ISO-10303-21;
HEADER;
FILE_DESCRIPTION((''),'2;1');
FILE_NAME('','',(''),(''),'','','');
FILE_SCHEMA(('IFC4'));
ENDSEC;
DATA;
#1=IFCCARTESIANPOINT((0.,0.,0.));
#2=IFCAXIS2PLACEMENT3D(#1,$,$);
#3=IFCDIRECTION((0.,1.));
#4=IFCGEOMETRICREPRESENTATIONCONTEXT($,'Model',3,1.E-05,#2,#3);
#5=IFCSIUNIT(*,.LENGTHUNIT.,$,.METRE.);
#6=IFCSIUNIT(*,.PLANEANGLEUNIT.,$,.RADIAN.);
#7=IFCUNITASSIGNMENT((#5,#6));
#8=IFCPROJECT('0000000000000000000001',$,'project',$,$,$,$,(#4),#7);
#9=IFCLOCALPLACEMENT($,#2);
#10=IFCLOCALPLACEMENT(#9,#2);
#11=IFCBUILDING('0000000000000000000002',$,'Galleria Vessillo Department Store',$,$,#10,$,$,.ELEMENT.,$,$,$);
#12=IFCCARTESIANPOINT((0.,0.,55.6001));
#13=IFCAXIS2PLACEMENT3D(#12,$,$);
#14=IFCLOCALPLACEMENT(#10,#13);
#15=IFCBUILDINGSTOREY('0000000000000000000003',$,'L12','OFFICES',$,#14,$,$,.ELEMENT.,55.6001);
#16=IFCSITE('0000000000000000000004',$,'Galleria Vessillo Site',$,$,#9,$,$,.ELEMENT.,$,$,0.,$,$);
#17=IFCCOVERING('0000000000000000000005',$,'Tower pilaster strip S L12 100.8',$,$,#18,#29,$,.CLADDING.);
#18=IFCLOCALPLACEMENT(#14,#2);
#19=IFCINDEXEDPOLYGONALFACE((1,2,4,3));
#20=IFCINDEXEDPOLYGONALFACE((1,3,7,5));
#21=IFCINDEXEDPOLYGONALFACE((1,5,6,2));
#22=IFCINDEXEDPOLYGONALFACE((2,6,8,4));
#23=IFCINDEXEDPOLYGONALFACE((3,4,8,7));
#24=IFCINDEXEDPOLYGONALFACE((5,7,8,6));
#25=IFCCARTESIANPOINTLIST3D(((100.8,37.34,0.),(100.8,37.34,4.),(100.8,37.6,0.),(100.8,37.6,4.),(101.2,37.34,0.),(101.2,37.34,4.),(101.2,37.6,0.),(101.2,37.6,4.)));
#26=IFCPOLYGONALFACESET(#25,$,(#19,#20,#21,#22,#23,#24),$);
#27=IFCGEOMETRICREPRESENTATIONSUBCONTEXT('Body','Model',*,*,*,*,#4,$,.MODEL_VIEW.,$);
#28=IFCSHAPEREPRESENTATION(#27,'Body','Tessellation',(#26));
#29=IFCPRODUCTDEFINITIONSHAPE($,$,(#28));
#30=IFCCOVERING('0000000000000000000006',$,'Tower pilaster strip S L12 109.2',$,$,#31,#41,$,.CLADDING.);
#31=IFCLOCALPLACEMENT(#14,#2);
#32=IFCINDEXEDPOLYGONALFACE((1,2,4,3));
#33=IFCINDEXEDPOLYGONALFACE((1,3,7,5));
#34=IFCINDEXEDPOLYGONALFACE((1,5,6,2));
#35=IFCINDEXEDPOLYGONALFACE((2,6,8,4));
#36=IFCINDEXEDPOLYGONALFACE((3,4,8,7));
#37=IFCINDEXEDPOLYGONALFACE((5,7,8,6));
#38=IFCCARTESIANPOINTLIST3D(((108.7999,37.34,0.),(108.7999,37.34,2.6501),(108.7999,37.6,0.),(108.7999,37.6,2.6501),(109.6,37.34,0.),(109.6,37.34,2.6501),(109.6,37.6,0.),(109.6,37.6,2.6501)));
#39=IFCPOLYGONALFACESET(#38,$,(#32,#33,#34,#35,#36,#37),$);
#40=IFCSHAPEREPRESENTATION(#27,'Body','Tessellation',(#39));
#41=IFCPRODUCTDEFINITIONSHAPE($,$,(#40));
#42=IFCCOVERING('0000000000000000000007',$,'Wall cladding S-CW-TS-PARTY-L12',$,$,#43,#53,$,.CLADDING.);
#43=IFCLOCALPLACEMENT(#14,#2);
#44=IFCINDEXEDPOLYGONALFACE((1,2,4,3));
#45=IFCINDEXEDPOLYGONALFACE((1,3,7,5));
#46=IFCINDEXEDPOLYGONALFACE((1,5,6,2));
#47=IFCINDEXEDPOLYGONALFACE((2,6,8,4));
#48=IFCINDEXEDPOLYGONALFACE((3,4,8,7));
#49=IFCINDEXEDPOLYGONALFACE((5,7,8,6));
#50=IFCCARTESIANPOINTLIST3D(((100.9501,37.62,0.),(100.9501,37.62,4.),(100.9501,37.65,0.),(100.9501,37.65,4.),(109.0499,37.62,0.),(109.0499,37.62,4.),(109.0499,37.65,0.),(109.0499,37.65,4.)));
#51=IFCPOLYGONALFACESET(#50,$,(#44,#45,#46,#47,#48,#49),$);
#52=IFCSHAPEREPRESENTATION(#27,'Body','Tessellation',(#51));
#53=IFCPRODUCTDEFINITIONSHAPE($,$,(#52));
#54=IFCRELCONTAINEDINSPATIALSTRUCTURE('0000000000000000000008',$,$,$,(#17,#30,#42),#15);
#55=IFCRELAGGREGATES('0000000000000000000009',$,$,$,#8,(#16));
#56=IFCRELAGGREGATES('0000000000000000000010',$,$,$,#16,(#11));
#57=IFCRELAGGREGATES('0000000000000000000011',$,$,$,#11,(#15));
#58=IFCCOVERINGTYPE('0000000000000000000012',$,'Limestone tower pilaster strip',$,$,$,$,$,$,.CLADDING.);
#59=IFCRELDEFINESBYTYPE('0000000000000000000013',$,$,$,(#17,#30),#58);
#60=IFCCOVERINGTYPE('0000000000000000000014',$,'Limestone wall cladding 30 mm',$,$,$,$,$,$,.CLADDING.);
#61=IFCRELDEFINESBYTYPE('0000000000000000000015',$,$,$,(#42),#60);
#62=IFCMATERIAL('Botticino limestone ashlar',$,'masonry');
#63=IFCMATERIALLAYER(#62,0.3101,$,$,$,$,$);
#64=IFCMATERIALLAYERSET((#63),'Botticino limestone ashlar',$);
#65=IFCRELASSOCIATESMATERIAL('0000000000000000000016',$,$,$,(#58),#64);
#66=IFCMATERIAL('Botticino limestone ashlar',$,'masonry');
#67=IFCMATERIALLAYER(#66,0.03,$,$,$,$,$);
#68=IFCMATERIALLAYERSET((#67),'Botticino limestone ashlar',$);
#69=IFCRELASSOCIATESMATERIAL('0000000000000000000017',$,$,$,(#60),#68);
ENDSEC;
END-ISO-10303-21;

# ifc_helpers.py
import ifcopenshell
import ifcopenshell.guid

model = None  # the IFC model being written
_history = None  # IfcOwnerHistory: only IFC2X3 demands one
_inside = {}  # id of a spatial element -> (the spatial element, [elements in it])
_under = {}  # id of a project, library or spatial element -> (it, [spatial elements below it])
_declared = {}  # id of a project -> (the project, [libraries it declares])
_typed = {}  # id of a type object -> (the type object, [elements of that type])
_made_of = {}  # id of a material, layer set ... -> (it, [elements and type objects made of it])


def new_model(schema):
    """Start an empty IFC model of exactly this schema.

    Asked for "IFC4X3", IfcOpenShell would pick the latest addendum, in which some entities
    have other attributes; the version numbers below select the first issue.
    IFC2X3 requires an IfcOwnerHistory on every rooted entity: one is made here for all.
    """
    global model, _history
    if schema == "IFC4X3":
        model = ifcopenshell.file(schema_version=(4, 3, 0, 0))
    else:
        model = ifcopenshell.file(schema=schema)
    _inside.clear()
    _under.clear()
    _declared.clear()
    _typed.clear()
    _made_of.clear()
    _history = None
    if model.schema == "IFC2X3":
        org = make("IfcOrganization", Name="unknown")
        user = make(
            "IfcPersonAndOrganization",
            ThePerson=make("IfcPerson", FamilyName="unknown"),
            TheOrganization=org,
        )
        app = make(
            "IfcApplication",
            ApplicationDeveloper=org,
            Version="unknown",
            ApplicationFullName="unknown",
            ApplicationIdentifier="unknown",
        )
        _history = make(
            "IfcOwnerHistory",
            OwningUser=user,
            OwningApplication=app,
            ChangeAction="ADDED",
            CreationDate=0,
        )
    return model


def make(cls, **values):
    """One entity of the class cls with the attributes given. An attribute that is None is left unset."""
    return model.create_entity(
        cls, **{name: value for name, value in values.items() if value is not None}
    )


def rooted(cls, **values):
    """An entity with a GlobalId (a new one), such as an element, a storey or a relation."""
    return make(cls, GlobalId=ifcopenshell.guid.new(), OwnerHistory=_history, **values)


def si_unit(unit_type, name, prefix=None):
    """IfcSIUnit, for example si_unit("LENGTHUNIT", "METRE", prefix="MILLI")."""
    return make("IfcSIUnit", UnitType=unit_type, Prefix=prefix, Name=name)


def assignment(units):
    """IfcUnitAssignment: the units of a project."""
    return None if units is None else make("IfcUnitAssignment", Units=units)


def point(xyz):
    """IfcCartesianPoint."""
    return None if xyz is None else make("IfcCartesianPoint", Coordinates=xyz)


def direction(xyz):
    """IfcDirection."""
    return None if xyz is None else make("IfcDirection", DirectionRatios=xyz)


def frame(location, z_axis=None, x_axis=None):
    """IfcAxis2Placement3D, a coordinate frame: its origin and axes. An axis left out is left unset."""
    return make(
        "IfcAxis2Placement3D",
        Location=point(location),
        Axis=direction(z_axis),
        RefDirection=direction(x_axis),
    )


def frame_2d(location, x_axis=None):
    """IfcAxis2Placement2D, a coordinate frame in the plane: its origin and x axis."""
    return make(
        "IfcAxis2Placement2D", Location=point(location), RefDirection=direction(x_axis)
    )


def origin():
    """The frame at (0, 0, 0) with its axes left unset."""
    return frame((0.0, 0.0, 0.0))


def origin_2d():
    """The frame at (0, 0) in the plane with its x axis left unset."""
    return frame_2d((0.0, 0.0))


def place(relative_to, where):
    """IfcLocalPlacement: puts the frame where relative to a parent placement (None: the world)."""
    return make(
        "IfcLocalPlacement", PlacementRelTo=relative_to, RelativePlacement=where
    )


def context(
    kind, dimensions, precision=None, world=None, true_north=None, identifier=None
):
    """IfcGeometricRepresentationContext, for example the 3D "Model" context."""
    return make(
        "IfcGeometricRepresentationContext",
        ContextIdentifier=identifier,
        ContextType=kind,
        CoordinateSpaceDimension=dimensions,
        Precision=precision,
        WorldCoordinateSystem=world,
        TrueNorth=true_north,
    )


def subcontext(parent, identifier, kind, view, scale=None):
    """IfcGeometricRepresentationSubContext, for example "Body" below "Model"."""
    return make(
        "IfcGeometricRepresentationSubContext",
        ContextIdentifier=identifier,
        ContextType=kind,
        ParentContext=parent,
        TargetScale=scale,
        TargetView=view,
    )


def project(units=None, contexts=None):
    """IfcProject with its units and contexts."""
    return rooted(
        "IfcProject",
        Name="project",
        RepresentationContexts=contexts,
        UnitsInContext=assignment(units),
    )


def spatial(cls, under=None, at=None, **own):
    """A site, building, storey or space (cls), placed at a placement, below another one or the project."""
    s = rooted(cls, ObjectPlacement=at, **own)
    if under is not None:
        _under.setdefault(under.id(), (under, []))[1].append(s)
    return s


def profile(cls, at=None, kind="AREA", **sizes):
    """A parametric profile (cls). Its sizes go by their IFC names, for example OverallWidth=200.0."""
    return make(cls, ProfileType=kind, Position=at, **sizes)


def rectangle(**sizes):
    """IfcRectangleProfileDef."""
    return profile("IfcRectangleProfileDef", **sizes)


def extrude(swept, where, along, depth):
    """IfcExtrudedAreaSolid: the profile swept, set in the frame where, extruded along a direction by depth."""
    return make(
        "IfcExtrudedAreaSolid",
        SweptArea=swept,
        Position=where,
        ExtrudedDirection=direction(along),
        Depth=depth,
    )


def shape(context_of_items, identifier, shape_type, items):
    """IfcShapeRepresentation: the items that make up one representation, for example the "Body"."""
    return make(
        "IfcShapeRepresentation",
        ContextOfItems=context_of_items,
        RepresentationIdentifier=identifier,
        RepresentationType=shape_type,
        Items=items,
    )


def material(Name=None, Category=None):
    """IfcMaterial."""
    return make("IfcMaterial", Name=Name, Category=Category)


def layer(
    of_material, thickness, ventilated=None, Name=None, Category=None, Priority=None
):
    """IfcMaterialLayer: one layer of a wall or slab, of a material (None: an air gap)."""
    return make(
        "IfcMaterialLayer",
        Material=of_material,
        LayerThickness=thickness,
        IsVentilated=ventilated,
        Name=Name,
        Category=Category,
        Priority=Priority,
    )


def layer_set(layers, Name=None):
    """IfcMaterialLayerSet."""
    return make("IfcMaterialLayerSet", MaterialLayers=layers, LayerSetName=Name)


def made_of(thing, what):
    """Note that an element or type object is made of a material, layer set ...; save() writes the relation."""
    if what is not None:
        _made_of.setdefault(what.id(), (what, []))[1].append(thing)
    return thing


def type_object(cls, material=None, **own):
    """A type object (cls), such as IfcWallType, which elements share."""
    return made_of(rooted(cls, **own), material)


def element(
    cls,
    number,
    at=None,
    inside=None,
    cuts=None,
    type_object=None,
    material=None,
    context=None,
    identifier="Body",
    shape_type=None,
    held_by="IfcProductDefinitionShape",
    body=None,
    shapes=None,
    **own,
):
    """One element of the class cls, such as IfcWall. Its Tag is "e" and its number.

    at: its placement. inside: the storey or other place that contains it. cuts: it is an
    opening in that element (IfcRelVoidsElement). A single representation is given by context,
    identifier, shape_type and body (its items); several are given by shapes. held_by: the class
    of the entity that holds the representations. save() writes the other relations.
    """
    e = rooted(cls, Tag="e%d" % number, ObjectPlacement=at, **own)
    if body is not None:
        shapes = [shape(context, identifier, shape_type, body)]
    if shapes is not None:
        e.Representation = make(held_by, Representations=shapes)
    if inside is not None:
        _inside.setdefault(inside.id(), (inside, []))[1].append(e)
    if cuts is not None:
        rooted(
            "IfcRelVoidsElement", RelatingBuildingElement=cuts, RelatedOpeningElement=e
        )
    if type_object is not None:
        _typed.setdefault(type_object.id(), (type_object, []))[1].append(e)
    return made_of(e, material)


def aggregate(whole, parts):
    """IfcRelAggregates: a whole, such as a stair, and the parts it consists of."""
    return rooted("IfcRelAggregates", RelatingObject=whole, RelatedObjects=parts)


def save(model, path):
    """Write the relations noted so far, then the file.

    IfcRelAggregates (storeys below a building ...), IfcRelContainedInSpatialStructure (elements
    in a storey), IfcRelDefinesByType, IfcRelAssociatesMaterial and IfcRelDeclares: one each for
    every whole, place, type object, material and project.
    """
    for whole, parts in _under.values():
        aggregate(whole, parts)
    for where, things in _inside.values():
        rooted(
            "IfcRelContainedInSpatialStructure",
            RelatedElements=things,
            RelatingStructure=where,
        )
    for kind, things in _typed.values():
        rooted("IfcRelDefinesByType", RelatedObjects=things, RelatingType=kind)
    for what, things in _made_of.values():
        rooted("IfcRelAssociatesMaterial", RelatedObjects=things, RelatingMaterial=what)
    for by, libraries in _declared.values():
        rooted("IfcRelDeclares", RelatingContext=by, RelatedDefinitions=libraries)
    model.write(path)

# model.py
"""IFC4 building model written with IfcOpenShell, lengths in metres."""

from ifc_helpers import new_model, si_unit, direction, frame, origin, origin_2d, place, context, subcontext, project, spatial, rectangle, extrude, material, layer, layer_set, type_object, element, save


model = new_model("IFC4")

# Units and contexts
model_context = context("Model", 3, precision=1e-05, world=origin(), true_north=direction((0.0, 1.0)))
body_context = subcontext(model_context, "Body", "Model", "MODEL_VIEW")
ifc_project = project(units=[si_unit("LENGTHUNIT", "METRE"), si_unit("PLANEANGLEUNIT", "RADIAN")], contexts=[model_context])

# Site, building, storey
site_placement = place(None, origin())
site = spatial("IfcSite", under=ifc_project, at=site_placement, Name="Galleria Vessillo Site", CompositionType="ELEMENT", RefElevation=0.0)
building_placement = place(site_placement, origin())
building = spatial("IfcBuilding", under=site, at=building_placement, Name="Galleria Vessillo Department Store", CompositionType="ELEMENT")
storey_placement = place(building_placement, frame((0.0, 0.0, 55.6001)))
storey = spatial("IfcBuildingStorey", under=building, at=storey_placement, Name="L12", Description="OFFICES", CompositionType="ELEMENT", Elevation=55.6001)

# Coverings
ifc_material_1 = material(Name="Botticino limestone ashlar", Category="masonry")
ifc_layer_1 = layer(ifc_material_1, 0.3101)
ifc_layer_set_1 = layer_set([ifc_layer_1], Name="Botticino limestone ashlar")
covering_type_1 = type_object("IfcCoveringType", Name="Limestone tower pilaster strip", PredefinedType="CLADDING", material=ifc_layer_set_1)
covering_1_placement = place(storey_placement, frame((101.0, 37.47, 0.0), z_axis=(0.0, 0.0, 1.0), x_axis=(1.0, 0.0, 0.0)))
element("IfcCovering", 1, at=covering_1_placement, inside=storey, type_object=covering_type_1, Name="Tower pilaster strip S L12 100.8", PredefinedType="CLADDING", context=body_context, shape_type="SweptSolid", body=[
    extrude(rectangle(XDim=0.3999, YDim=0.26, at=origin_2d()), origin(), (0.0, 0.0, 1.0), 4.0),
])
covering_2_placement = place(storey_placement, frame((109.2, 37.47, 0.0), z_axis=(0.0, 0.0, 1.0), x_axis=(1.0, 0.0, 0.0)))
element("IfcCovering", 2, at=covering_2_placement, inside=storey, type_object=covering_type_1, Name="Tower pilaster strip S L12 109.2", PredefinedType="CLADDING", context=body_context, shape_type="SweptSolid", body=[
    extrude(rectangle(XDim=0.8, YDim=0.26, at=origin_2d()), origin(), (0.0, 0.0, 1.0), 2.6501),
])
ifc_material_2 = material(Name="Botticino limestone ashlar", Category="masonry")
ifc_layer_2 = layer(ifc_material_2, 0.03)
ifc_layer_set_2 = layer_set([ifc_layer_2], Name="Botticino limestone ashlar")
covering_type_2 = type_object("IfcCoveringType", Name="Limestone wall cladding 30 mm", PredefinedType="CLADDING", material=ifc_layer_set_2)
covering_3_placement = place(storey_placement, frame((105.0, 37.635, 0.0), z_axis=(0.0, 0.0, 1.0), x_axis=(1.0, 0.0, 0.0)))
element("IfcCovering", 3, at=covering_3_placement, inside=storey, type_object=covering_type_2, Name="Wall cladding S-CW-TS-PARTY-L12", PredefinedType="CLADDING", context=body_context, shape_type="SweptSolid", body=[
    extrude(rectangle(XDim=8.0999, YDim=0.03, at=origin_2d()), origin(), (0.0, 0.0, 1.0), 4.0),
])

save(model, "model.ifc")
